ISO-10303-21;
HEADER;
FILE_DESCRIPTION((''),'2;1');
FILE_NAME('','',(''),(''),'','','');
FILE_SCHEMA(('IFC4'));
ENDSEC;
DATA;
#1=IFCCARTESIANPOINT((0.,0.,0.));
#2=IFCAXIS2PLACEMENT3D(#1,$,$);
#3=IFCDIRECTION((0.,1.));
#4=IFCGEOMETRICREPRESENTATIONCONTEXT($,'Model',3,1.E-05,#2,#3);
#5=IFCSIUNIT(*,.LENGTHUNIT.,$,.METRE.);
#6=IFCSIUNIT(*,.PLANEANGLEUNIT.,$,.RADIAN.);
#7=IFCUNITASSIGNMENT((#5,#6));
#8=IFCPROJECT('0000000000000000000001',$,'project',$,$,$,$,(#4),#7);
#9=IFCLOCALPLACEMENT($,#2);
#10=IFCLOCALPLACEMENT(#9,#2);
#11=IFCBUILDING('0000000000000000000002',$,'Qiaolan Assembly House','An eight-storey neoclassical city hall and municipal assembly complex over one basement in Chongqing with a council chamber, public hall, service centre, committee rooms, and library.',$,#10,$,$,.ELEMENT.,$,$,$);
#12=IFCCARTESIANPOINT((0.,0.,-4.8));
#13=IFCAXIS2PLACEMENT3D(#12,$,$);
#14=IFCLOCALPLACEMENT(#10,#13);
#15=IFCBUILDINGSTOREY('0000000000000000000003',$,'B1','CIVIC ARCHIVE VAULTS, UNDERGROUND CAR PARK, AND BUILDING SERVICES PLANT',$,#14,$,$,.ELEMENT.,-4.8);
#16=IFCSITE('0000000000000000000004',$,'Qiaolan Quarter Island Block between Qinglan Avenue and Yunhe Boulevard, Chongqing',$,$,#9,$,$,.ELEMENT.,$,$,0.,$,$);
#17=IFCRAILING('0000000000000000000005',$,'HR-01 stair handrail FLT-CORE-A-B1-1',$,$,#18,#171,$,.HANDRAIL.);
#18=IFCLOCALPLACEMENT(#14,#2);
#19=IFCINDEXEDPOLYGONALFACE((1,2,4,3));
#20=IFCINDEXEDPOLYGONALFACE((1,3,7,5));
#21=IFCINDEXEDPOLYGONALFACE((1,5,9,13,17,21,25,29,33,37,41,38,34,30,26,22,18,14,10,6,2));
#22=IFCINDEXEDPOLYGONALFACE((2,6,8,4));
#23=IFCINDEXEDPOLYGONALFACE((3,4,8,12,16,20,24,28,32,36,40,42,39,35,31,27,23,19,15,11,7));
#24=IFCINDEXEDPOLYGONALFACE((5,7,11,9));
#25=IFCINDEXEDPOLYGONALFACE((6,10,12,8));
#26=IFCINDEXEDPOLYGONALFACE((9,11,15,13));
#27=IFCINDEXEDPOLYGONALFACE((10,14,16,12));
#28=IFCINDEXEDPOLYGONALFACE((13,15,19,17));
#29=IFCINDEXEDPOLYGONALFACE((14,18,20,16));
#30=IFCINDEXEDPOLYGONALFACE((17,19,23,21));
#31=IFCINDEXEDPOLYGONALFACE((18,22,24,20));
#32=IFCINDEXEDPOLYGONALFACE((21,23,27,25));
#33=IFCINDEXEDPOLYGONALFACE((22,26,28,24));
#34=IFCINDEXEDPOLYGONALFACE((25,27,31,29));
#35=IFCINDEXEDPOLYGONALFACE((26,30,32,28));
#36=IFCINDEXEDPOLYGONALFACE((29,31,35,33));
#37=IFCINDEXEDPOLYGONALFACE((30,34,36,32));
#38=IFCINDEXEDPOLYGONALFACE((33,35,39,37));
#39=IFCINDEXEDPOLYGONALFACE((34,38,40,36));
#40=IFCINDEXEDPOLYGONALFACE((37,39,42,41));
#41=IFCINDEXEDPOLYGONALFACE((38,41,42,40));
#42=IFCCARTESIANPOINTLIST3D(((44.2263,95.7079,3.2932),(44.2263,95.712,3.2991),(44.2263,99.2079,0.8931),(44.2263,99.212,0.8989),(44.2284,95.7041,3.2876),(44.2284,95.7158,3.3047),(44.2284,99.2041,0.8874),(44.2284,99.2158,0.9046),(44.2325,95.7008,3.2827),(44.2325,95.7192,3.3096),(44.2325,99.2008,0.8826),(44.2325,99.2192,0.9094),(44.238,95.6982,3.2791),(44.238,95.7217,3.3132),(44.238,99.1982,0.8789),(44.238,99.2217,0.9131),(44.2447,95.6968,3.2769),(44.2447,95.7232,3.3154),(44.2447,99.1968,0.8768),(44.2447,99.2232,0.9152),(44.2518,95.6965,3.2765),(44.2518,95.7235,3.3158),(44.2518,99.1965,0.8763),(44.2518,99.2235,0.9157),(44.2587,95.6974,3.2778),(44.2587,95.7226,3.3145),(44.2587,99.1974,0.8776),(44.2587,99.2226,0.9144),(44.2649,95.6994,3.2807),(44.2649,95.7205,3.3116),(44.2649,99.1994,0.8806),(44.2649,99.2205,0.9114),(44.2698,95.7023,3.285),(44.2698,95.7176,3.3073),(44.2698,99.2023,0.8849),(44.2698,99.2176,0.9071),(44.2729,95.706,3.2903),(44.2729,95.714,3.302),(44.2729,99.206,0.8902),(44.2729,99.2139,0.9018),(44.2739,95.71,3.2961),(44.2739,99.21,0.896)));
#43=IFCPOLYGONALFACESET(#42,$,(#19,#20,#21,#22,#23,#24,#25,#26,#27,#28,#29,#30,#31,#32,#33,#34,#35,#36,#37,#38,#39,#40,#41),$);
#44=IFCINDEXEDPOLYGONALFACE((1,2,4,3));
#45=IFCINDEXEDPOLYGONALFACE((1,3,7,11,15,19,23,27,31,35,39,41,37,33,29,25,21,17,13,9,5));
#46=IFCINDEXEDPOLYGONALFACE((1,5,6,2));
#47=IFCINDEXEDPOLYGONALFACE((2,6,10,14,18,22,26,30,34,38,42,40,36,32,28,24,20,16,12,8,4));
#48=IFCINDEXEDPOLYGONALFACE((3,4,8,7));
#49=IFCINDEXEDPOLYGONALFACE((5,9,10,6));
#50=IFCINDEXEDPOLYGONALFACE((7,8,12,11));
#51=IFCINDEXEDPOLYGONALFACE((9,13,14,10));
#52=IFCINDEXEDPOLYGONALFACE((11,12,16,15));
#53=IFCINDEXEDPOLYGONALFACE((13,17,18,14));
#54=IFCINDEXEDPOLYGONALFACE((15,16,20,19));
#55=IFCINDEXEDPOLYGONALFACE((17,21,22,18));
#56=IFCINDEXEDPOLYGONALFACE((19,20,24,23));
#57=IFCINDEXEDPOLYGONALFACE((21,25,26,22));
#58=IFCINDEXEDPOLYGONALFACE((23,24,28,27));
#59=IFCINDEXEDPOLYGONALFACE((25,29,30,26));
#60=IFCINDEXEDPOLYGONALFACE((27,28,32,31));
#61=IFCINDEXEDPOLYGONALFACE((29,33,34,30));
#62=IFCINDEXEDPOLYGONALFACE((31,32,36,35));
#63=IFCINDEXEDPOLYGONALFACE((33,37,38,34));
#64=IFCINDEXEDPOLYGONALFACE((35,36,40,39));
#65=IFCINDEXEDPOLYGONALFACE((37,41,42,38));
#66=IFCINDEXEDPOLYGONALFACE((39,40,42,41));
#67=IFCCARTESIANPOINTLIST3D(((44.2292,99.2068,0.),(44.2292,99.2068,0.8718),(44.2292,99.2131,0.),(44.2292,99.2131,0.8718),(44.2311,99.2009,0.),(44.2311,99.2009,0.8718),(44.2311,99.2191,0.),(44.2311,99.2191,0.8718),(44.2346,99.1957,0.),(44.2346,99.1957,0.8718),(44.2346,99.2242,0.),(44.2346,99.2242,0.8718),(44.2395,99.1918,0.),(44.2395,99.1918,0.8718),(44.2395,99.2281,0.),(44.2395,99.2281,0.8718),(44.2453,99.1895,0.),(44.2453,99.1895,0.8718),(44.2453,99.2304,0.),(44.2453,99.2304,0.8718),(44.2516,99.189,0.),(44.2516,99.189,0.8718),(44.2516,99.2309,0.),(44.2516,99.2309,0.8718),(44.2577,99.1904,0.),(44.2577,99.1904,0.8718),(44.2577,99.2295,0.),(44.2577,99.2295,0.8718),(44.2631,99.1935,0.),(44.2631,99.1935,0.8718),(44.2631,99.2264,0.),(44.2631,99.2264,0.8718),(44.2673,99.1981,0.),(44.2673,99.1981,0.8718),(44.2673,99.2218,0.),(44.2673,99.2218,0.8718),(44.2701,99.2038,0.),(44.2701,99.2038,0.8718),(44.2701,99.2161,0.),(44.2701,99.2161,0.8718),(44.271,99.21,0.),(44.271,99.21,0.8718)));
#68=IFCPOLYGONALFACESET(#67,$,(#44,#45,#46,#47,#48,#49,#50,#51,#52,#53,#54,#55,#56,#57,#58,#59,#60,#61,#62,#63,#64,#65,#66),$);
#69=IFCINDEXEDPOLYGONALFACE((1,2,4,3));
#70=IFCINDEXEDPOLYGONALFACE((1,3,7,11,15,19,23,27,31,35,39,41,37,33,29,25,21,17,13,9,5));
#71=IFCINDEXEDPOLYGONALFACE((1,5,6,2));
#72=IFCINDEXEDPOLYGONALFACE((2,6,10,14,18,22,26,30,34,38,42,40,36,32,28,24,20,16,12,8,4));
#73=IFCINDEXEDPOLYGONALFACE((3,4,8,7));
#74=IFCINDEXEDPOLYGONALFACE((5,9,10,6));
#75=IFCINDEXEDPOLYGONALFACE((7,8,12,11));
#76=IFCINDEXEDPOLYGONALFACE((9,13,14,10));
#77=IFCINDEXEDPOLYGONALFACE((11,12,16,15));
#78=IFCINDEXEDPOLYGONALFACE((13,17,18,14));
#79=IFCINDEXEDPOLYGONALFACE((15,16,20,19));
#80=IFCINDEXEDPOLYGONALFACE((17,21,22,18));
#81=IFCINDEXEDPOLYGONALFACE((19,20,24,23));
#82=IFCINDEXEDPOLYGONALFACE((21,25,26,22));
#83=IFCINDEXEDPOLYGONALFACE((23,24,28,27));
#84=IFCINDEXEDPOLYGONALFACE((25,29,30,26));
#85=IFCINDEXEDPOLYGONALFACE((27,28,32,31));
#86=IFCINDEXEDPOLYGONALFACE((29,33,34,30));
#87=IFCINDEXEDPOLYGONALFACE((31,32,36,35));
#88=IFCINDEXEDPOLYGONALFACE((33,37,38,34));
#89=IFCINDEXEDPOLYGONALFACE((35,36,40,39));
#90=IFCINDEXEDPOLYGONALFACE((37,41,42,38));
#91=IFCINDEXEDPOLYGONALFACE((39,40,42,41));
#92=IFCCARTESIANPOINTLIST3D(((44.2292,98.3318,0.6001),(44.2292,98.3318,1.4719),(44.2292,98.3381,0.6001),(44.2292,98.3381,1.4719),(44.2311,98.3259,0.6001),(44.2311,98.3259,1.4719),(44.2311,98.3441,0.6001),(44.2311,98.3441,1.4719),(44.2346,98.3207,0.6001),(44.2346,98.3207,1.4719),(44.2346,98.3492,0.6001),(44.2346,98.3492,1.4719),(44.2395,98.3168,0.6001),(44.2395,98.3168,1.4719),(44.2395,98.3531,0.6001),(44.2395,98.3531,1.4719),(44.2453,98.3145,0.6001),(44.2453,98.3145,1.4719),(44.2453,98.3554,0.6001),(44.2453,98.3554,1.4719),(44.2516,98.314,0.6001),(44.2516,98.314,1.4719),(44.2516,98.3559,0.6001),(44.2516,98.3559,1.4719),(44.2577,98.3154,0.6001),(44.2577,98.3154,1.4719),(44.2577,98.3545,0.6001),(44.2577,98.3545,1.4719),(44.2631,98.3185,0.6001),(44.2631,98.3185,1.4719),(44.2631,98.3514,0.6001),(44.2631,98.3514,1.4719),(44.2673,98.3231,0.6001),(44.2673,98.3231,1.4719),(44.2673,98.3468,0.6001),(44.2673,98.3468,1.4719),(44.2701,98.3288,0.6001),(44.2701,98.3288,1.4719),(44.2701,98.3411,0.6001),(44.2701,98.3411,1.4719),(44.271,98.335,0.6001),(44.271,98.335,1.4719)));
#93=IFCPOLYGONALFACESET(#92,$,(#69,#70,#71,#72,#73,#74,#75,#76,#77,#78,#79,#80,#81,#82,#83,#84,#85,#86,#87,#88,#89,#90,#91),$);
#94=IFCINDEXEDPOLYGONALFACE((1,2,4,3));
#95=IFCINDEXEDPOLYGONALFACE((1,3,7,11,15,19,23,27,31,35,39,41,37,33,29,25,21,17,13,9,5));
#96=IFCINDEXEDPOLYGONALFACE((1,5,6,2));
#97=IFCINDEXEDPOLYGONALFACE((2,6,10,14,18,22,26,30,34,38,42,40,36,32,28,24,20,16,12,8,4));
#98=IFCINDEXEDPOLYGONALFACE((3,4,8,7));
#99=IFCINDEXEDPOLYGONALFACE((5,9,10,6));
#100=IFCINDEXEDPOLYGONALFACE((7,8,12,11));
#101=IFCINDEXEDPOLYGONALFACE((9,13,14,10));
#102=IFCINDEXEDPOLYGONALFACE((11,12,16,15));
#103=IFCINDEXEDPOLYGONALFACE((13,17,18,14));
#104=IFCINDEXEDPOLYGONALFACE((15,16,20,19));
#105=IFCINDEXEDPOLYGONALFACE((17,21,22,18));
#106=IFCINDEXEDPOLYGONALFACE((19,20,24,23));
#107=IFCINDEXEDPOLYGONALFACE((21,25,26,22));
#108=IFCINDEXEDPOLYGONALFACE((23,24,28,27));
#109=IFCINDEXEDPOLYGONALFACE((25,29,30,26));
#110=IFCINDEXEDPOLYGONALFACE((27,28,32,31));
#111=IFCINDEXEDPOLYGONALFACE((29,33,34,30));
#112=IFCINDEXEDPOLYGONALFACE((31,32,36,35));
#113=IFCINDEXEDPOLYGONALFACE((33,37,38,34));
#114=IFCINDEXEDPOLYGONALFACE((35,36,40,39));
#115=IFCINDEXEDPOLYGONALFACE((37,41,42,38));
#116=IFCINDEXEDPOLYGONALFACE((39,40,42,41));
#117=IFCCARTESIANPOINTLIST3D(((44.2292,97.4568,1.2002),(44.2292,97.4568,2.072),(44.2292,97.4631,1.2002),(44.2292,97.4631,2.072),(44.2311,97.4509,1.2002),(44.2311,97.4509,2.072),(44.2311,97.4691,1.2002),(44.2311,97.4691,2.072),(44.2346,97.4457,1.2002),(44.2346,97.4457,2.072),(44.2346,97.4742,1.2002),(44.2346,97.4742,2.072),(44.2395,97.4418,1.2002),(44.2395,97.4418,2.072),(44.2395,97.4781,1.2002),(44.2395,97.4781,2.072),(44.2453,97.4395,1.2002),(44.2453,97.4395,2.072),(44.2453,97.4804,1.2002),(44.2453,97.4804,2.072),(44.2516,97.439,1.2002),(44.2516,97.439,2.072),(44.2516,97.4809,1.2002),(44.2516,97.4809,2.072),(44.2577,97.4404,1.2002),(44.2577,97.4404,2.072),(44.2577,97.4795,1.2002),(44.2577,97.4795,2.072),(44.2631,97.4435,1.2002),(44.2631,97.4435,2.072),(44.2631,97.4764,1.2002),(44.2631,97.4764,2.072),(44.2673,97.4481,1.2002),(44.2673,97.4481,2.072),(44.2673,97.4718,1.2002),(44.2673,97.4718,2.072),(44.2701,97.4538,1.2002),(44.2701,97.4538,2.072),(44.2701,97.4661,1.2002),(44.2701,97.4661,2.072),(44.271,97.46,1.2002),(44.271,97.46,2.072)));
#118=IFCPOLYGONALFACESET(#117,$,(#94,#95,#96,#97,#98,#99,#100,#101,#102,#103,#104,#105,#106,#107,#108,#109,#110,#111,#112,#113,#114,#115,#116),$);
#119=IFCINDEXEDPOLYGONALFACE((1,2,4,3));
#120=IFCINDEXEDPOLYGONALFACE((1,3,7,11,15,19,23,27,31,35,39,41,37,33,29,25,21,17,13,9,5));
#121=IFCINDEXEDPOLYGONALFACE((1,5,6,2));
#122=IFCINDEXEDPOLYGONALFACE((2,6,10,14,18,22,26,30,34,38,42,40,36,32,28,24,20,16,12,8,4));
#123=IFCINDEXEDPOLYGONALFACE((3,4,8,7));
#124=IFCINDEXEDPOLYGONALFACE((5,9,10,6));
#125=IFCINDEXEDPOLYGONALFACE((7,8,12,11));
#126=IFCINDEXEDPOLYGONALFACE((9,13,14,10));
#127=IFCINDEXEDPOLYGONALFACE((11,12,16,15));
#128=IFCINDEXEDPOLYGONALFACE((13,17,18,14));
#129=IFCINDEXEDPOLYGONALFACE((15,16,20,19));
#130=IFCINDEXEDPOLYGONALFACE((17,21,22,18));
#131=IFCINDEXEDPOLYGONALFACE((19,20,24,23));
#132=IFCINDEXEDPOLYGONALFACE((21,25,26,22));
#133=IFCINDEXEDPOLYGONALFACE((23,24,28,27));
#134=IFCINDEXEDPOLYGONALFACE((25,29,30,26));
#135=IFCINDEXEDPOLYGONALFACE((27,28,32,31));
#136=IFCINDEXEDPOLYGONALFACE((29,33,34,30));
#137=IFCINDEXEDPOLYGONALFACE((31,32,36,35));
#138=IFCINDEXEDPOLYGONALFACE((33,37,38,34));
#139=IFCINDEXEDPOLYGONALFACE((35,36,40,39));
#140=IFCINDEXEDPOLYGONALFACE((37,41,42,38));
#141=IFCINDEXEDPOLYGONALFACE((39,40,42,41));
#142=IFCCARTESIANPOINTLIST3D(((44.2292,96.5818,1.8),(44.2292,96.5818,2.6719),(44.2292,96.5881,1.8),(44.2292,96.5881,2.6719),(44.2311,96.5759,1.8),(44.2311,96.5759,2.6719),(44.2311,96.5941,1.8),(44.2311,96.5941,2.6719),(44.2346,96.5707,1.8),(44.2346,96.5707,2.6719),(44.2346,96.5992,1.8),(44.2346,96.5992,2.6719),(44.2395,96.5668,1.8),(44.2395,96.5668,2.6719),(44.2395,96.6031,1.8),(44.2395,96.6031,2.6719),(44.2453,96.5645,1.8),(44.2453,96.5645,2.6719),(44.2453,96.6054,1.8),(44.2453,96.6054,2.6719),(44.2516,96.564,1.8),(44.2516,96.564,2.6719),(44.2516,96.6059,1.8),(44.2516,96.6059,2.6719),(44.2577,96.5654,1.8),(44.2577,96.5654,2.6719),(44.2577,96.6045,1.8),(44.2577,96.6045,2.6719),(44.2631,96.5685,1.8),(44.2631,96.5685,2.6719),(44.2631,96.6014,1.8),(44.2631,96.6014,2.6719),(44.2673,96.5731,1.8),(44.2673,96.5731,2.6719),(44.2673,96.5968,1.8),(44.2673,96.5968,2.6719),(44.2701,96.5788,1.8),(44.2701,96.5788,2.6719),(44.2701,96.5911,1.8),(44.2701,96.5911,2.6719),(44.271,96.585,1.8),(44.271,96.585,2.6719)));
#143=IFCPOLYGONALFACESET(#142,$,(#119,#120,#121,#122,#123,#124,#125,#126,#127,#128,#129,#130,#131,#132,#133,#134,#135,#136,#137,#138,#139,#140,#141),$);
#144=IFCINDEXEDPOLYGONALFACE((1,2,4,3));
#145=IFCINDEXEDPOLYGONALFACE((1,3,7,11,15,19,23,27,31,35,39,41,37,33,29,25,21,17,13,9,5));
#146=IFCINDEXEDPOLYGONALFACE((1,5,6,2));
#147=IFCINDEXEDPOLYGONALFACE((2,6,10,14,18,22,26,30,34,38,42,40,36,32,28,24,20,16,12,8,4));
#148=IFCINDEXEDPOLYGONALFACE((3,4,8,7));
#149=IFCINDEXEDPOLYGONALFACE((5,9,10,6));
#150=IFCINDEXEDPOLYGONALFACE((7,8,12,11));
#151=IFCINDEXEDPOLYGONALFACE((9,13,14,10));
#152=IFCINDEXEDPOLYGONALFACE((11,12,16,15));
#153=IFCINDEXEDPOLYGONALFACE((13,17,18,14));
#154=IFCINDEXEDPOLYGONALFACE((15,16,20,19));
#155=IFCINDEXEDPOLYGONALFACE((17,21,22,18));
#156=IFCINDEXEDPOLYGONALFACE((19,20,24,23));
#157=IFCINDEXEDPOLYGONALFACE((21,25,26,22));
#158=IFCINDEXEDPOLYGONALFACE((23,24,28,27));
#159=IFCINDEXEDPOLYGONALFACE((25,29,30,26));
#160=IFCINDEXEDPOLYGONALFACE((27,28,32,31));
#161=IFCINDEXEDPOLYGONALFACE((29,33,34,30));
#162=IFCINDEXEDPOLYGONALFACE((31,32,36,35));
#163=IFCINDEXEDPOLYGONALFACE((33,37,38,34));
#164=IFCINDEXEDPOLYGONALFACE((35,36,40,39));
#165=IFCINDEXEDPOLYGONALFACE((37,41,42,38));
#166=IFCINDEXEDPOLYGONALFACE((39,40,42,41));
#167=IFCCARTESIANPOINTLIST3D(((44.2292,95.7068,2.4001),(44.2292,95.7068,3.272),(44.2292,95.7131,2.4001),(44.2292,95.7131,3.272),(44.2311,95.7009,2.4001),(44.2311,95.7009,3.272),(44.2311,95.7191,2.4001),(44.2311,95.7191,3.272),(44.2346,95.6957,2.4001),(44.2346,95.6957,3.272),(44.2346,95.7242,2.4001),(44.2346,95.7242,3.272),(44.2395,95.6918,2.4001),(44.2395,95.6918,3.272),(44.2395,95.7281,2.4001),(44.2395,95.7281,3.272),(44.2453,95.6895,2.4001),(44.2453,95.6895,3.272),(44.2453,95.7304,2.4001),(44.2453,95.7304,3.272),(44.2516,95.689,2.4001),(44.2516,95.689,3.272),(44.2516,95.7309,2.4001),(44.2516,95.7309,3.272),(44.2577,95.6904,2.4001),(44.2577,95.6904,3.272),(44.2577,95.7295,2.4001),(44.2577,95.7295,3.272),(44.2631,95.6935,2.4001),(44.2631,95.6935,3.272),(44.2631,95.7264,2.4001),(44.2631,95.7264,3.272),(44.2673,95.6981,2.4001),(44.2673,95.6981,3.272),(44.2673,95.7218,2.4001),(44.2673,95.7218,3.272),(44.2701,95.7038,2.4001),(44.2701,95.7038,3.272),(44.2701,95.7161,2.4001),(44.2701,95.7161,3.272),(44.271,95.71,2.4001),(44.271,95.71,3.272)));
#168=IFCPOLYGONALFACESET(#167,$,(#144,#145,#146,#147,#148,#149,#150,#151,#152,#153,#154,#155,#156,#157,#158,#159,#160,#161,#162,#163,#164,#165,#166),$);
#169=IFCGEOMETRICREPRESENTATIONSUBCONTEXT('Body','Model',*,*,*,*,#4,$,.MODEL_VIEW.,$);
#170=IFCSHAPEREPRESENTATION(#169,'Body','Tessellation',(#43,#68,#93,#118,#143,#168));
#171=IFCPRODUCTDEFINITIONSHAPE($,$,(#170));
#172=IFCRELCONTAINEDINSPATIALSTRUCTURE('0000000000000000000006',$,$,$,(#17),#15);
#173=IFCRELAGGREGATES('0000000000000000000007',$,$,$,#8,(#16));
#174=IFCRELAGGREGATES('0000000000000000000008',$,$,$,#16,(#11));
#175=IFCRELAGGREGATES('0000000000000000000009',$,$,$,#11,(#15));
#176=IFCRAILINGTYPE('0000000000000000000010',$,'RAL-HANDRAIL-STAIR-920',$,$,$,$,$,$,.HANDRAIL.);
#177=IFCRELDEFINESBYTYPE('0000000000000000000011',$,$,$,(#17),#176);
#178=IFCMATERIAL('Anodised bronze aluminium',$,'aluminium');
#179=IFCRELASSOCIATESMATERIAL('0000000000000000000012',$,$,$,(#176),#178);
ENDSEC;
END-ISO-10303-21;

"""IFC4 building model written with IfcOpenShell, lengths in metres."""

from ifc_helpers import new_model, si_unit, direction, frame, origin, origin_2d, place, context, subcontext, project, spatial, circle, extrude, material, type_object, element, save


model = new_model("IFC4")

# Units and contexts
model_context = context("Model", 3, precision=1e-05, world=origin(), true_north=direction((0.0, 1.0)))
body_context = subcontext(model_context, "Body", "Model", "MODEL_VIEW")
ifc_project = project(units=[si_unit("LENGTHUNIT", "METRE"), si_unit("PLANEANGLEUNIT", "RADIAN")], contexts=[model_context])

# Site, building, storey
site_placement = place(None, origin())
site = spatial("IfcSite", under=ifc_project, at=site_placement, Name="Qiaolan Quarter Island Block between Qinglan Avenue and Yunhe Boulevard, Chongqing", CompositionType="ELEMENT", RefElevation=0.0)
building_placement = place(site_placement, origin())
building = spatial("IfcBuilding", under=site, at=building_placement, Name="Qiaolan Assembly House", Description="An eight-storey neoclassical city hall and municipal assembly complex over one basement in Chongqing with a council chamber, public hall, service centre, committee rooms, and library.", CompositionType="ELEMENT")
storey_placement = place(building_placement, frame((0.0, 0.0, -4.8)))
storey = spatial("IfcBuildingStorey", under=building, at=storey_placement, Name="B1", Description="CIVIC ARCHIVE VAULTS, UNDERGROUND CAR PARK, AND BUILDING SERVICES PLANT", CompositionType="ELEMENT", Elevation=-4.8)

# Railing
ifc_material_1 = material(Name="Anodised bronze aluminium", Category="aluminium")
railing_type_1 = type_object("IfcRailingType", Name="RAL-HANDRAIL-STAIR-920", PredefinedType="HANDRAIL", material=ifc_material_1)
railing_1_placement = place(storey_placement, frame((44.25, 99.21, 0.0)))
element("IfcRailing", 1, at=railing_1_placement, inside=storey, type_object=railing_type_1, Name="HR-01 stair handrail FLT-CORE-A-B1-1", PredefinedType="HANDRAIL", context=body_context, shape_type="SweptSolid", body=[
    extrude(circle(Radius=0.0239, at=origin_2d()), frame((0.0, 0.0, 0.896), z_axis=(0.0, -0.824713, 0.565552), x_axis=(1.0, 0.0, 0.0)), (0.0, 0.0, 1.0), 4.2439),
    extrude(circle(Radius=0.021, at=origin_2d()), origin(), (0.0, 0.0, 1.0), 0.8718),
    extrude(circle(Radius=0.021, at=origin_2d()), frame((0.0, -0.875, 0.6001)), (0.0, 0.0, 1.0), 0.8718),
    extrude(circle(Radius=0.021, at=origin_2d()), frame((0.0, -1.75, 1.2002)), (0.0, 0.0, 1.0), 0.8718),
    extrude(circle(Radius=0.021, at=origin_2d()), frame((0.0, -2.625, 1.8)), (0.0, 0.0, 1.0), 0.8718),
    extrude(circle(Radius=0.021, at=origin_2d()), frame((0.0, -3.5, 2.4001)), (0.0, 0.0, 1.0), 0.8718),
])

save(model, "model.ifc")
